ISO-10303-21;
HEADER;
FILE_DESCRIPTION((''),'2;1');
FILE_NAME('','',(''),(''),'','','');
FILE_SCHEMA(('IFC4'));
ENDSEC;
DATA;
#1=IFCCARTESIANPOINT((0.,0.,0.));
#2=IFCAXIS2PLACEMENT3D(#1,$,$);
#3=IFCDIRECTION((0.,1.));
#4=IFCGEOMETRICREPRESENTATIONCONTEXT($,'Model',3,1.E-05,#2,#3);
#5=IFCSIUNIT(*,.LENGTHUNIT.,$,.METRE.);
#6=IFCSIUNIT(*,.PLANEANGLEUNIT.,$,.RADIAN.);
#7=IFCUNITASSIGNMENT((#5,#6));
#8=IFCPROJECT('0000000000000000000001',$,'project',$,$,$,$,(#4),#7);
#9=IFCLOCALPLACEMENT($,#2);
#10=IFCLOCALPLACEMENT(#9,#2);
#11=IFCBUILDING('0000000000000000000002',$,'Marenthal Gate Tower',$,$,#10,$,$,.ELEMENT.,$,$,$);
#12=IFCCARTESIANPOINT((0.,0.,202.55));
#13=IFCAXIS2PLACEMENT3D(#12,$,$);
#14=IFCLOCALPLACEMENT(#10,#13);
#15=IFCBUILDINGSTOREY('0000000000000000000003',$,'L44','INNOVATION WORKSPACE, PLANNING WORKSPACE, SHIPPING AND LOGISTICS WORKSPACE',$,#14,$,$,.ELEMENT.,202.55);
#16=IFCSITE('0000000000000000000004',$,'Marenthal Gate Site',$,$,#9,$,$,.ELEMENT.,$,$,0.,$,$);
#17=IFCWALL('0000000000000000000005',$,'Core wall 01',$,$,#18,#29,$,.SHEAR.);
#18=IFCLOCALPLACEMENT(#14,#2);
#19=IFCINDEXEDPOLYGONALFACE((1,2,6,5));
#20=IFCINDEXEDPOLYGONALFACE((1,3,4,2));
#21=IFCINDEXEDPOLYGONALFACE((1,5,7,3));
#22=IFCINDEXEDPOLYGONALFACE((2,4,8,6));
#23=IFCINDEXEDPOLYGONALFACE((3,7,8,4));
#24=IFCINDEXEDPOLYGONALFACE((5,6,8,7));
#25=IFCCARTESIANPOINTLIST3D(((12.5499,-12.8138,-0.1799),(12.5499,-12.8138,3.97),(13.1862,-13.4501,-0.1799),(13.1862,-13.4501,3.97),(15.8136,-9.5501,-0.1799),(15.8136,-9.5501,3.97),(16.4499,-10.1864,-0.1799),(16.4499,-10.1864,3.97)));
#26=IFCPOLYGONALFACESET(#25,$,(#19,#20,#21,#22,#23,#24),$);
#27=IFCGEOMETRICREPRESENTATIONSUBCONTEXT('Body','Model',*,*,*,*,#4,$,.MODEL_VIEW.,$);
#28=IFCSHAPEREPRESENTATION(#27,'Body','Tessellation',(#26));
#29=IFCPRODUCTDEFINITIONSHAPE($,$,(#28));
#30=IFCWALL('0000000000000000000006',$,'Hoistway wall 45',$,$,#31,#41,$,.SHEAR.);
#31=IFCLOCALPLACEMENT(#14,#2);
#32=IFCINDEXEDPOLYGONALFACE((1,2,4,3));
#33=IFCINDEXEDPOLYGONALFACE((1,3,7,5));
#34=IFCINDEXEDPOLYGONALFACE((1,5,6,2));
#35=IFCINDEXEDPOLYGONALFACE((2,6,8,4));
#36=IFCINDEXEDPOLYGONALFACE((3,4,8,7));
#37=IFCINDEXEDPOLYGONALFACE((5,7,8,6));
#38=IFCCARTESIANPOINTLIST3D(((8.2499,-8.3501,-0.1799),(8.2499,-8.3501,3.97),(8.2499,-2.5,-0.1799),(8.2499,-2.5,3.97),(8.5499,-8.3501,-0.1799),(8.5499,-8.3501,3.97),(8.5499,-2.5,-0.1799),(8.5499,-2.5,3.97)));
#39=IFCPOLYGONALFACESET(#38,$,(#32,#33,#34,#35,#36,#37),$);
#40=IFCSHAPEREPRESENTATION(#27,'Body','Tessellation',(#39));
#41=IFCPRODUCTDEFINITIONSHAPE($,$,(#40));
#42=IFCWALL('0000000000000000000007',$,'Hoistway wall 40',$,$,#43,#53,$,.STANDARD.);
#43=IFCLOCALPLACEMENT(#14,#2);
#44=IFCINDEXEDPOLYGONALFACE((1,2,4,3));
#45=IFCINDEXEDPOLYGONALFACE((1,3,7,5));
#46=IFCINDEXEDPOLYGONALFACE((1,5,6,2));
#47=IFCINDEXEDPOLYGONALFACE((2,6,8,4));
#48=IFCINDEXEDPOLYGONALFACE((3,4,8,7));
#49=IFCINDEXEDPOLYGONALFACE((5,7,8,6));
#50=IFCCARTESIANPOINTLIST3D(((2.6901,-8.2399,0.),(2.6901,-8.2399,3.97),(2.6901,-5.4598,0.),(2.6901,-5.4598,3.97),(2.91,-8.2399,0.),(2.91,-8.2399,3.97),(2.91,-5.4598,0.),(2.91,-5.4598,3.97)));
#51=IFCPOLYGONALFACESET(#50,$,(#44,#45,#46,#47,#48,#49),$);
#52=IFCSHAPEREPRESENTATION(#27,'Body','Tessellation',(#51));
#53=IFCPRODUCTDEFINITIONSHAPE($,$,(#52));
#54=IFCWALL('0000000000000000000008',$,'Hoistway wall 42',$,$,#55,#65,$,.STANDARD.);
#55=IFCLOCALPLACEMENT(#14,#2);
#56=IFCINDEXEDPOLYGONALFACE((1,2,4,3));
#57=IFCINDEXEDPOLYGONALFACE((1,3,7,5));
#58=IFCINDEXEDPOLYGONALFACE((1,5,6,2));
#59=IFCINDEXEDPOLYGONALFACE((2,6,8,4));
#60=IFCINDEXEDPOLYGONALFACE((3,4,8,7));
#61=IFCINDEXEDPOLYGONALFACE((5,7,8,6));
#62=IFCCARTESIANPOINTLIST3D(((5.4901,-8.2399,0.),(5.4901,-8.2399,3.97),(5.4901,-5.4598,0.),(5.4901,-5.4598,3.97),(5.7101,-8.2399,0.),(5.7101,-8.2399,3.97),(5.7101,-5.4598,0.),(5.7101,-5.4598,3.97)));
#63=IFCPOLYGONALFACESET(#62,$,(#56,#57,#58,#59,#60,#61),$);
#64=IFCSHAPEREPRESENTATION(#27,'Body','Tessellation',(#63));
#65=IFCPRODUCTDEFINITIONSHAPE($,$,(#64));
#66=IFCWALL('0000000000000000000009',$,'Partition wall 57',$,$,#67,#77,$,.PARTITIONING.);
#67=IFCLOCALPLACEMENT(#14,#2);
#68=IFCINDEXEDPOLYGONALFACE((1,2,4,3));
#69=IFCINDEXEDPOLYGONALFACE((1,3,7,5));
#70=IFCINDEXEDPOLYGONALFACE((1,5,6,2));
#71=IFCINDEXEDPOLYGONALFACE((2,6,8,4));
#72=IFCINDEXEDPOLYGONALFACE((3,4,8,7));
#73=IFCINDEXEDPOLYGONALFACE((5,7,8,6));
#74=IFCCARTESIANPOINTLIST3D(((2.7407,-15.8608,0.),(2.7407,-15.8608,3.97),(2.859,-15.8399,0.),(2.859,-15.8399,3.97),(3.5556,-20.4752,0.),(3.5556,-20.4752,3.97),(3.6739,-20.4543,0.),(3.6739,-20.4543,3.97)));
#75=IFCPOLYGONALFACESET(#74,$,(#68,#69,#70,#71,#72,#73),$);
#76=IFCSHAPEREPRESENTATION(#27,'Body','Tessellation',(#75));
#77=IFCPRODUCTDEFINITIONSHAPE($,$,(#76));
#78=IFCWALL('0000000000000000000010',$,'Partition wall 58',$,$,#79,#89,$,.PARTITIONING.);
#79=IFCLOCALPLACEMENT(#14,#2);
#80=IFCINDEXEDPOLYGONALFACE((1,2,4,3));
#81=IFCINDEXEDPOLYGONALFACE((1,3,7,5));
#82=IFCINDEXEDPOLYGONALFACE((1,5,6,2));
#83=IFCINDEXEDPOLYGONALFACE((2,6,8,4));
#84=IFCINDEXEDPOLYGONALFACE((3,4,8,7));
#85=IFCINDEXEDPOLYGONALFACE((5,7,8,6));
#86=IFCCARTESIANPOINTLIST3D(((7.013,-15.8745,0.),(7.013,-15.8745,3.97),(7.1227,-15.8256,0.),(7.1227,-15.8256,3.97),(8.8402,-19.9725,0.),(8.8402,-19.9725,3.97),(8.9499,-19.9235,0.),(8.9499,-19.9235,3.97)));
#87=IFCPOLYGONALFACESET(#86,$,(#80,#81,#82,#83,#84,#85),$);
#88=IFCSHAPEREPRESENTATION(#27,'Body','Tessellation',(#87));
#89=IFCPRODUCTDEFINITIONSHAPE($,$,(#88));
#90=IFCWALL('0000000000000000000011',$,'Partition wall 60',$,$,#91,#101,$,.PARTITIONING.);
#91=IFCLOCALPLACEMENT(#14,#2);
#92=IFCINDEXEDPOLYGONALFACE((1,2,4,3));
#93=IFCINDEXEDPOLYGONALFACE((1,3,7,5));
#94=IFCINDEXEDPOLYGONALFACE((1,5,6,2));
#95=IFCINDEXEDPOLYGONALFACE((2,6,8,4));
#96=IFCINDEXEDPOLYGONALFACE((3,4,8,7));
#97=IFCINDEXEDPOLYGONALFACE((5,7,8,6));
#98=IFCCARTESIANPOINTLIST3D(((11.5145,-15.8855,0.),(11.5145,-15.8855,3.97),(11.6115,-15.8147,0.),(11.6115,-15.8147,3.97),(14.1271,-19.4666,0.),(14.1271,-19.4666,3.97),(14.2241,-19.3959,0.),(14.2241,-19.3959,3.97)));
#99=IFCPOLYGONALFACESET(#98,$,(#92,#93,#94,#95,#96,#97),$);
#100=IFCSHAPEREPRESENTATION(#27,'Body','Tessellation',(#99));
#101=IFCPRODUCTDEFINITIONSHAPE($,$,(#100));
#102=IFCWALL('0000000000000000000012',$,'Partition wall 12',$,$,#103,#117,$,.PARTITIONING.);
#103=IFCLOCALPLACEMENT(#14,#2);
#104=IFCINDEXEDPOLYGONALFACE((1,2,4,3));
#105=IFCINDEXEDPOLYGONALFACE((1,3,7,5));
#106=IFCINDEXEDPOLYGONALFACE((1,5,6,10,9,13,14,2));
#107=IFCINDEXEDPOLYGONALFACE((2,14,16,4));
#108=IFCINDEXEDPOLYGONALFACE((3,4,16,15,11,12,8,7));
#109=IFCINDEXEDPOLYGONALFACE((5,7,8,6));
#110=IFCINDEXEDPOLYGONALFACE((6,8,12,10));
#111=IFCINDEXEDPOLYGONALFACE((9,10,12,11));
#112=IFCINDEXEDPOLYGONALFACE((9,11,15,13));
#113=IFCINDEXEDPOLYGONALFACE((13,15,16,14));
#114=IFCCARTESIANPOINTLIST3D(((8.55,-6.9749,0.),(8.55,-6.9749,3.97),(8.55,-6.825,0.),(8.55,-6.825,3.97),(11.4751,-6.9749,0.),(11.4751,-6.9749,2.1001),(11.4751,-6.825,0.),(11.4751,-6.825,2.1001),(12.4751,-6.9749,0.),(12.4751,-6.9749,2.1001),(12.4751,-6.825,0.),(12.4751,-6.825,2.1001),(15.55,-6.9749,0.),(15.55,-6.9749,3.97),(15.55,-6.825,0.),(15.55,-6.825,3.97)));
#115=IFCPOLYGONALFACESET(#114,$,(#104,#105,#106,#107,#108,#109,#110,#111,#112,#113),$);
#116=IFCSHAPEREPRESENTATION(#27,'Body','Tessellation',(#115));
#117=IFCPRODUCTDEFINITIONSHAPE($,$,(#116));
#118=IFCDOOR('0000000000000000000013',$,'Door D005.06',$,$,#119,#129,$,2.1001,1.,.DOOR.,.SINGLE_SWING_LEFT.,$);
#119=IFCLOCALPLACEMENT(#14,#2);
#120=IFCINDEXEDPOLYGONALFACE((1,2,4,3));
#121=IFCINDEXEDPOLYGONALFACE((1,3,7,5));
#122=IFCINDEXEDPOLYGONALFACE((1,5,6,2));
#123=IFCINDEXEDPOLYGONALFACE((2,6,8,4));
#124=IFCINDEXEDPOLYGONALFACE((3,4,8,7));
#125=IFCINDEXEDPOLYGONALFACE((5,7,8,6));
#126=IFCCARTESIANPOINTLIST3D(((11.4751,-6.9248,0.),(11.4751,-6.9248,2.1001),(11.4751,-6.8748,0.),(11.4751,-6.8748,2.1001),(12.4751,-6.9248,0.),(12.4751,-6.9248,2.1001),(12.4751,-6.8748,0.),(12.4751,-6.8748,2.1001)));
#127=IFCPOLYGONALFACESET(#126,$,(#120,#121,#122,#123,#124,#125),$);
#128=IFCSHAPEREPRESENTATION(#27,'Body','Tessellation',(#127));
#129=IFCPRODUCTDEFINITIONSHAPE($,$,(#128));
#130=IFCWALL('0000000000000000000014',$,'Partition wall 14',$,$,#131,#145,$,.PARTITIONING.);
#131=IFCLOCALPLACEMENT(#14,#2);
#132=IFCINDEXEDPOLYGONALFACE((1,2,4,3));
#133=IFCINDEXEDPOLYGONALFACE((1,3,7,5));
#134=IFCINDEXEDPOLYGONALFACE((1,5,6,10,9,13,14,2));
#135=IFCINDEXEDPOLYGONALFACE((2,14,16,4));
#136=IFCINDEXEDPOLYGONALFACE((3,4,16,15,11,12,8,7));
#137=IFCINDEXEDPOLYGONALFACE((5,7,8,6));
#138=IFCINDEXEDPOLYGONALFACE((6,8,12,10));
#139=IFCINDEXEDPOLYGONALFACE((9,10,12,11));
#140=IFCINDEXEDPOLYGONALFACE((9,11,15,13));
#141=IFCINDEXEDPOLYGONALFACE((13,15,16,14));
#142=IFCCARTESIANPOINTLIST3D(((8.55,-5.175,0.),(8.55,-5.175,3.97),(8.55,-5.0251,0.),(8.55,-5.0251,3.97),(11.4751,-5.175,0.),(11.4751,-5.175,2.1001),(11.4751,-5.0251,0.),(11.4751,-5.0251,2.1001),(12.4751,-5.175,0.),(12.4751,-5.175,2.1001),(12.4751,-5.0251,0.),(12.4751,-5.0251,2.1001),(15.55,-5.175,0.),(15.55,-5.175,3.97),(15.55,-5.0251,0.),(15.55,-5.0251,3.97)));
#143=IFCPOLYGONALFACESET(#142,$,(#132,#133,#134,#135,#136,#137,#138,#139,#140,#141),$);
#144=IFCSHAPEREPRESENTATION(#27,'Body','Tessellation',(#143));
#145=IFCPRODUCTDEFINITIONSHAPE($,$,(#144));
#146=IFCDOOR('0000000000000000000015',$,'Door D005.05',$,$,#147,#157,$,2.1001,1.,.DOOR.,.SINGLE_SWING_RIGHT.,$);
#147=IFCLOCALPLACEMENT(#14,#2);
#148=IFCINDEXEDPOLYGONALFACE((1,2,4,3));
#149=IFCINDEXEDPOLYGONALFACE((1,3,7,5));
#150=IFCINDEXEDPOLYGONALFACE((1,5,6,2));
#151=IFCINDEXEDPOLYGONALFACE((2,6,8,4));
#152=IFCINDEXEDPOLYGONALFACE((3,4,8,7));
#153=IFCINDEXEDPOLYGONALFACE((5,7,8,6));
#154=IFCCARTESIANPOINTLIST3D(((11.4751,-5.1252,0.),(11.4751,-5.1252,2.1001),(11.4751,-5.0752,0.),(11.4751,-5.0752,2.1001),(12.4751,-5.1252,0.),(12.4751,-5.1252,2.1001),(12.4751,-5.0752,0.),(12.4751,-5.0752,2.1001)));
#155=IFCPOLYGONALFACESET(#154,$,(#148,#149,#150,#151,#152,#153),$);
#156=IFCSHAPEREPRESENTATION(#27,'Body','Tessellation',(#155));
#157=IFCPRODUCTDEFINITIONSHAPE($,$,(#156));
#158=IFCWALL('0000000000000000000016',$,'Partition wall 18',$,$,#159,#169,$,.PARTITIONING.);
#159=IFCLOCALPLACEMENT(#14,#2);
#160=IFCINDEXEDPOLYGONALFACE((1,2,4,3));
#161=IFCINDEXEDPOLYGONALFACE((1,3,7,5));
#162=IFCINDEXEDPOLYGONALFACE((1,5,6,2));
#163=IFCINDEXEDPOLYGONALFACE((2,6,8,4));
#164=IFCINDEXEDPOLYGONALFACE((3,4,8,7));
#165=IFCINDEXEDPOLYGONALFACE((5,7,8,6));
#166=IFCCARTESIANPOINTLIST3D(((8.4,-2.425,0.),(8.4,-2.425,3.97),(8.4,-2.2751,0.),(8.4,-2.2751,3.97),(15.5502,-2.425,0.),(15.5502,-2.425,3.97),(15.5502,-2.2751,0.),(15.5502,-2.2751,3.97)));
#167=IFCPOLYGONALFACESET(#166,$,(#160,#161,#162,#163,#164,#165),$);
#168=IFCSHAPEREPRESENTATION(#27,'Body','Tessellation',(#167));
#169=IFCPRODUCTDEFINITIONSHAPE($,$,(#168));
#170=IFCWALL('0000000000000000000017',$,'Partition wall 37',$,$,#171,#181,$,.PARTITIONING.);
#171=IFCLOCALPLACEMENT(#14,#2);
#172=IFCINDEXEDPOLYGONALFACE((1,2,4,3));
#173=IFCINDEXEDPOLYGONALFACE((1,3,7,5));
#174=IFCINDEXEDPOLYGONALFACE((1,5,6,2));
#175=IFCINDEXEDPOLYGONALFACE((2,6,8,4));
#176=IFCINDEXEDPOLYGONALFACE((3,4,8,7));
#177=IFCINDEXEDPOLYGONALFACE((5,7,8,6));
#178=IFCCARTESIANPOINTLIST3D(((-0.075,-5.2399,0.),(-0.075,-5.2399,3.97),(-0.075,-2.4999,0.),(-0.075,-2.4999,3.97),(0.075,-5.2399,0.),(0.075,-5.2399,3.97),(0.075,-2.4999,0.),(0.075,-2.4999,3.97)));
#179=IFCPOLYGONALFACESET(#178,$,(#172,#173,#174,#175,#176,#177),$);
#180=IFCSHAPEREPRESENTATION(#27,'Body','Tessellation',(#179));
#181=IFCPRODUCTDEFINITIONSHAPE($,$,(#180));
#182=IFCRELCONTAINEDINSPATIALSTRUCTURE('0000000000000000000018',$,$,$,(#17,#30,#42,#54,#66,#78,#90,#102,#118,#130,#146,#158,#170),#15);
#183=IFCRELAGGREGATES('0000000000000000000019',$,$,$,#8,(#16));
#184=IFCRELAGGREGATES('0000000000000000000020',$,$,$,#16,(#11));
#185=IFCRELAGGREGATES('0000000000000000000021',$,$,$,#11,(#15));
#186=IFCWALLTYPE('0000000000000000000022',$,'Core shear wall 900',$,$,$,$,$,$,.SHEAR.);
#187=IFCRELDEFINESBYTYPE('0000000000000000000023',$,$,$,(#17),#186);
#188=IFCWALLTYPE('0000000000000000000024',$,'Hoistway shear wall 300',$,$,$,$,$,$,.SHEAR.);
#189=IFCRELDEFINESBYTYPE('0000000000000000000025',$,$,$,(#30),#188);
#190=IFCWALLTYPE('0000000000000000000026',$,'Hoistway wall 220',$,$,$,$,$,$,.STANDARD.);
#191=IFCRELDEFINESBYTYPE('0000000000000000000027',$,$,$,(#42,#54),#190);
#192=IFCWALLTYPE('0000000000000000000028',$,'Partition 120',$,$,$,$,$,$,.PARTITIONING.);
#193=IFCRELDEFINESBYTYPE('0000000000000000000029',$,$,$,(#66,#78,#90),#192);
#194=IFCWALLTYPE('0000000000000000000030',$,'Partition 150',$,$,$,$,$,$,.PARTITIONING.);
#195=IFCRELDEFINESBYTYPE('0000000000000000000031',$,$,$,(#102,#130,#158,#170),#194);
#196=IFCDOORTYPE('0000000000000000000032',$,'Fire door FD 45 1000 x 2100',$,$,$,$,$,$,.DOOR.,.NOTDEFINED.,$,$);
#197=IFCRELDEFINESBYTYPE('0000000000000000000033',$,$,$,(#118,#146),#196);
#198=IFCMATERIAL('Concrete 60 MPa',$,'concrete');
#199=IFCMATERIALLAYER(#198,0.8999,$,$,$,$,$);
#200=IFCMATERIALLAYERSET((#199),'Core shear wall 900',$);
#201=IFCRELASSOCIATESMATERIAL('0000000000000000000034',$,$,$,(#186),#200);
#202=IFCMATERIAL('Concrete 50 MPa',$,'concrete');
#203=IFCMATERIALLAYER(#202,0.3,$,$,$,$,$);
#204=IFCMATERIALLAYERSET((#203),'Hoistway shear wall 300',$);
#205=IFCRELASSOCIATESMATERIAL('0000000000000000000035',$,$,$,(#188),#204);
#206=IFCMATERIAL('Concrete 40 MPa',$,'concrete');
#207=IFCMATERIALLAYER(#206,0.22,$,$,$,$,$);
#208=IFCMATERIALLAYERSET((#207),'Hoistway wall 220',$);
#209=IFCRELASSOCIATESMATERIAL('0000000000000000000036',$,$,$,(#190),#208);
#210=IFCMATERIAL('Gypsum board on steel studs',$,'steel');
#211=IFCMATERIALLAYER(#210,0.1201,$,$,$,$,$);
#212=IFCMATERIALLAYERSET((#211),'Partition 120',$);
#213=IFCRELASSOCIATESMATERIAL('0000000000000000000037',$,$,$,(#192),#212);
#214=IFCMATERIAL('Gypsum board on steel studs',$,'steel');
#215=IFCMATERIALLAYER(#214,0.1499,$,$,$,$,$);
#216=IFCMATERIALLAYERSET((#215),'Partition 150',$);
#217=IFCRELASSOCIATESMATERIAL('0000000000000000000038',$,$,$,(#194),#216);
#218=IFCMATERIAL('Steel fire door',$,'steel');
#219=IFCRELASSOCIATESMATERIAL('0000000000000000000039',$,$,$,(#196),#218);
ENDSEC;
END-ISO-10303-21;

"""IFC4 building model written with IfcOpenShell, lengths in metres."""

from ifc_helpers import new_model, si_unit, direction, frame, frame_2d, origin, place, context, subcontext, project, spatial, rectangle, extrude, material, layer, layer_set, type_object, element, fill, save


model = new_model("IFC4")

# Units and contexts
model_context = context("Model", 3, precision=1e-05, world=origin(), true_north=direction((0.0, 1.0)))
body_context = subcontext(model_context, "Body", "Model", "MODEL_VIEW")
ifc_project = project(units=[si_unit("LENGTHUNIT", "METRE"), si_unit("PLANEANGLEUNIT", "RADIAN")], contexts=[model_context])

# Site, building, storey
site_placement = place(None, origin())
site = spatial("IfcSite", under=ifc_project, at=site_placement, Name="Marenthal Gate Site", CompositionType="ELEMENT", RefElevation=0.0)
building_placement = place(site_placement, origin())
building = spatial("IfcBuilding", under=site, at=building_placement, Name="Marenthal Gate Tower", CompositionType="ELEMENT")
storey_placement = place(building_placement, frame((0.0, 0.0, 202.55)))
storey = spatial("IfcBuildingStorey", under=building, at=storey_placement, Name="L44", Description="INNOVATION WORKSPACE, PLANNING WORKSPACE, SHIPPING AND LOGISTICS WORKSPACE", CompositionType="ELEMENT", Elevation=202.55)

# Walls
ifc_material_1 = material(Name="Concrete 60 MPa", Category="concrete")
ifc_layer_1 = layer(ifc_material_1, 0.8999)
ifc_layer_set_1 = layer_set([ifc_layer_1], Name="Core shear wall 900")
wall_type_1 = type_object("IfcWallType", Name="Core shear wall 900", PredefinedType="SHEAR", material=ifc_layer_set_1)
wall_1_placement = place(storey_placement, frame((12.8682, -13.1318, -0.1799), z_axis=(0.0, 0.0, 1.0), x_axis=(0.707107, 0.707107, 0.0)))
element("IfcWall", 1, at=wall_1_placement, inside=storey, type_object=wall_type_1, Name="Core wall 01", PredefinedType="SHEAR", context=body_context, shape_type="SweptSolid", body=[
    extrude(rectangle(XDim=4.6155, YDim=0.8999, at=frame_2d((2.3076, 0.0))), origin(), (0.0, 0.0, 1.0), 4.1499),
])
ifc_material_2 = material(Name="Concrete 50 MPa", Category="concrete")
ifc_layer_2 = layer(ifc_material_2, 0.3)
ifc_layer_set_2 = layer_set([ifc_layer_2], Name="Hoistway shear wall 300")
wall_type_2 = type_object("IfcWallType", Name="Hoistway shear wall 300", PredefinedType="SHEAR", material=ifc_layer_set_2)
wall_2_placement = place(storey_placement, frame((8.3999, -8.3501, -0.1799), z_axis=(0.0, 0.0, 1.0), x_axis=(0.0, 1.0, 0.0)))
element("IfcWall", 2, at=wall_2_placement, inside=storey, type_object=wall_type_2, Name="Hoistway wall 45", PredefinedType="SHEAR", context=body_context, shape_type="SweptSolid", body=[
    extrude(rectangle(XDim=5.8501, YDim=0.3, at=frame_2d((2.925, 0.0))), origin(), (0.0, 0.0, 1.0), 4.1499),
])
ifc_material_3 = material(Name="Concrete 40 MPa", Category="concrete")
ifc_layer_3 = layer(ifc_material_3, 0.22)
ifc_layer_set_3 = layer_set([ifc_layer_3], Name="Hoistway wall 220")
wall_type_3 = type_object("IfcWallType", Name="Hoistway wall 220", PredefinedType="STANDARD", material=ifc_layer_set_3)
for number, where, z_axis, x_axis, name in (
    (3, (2.8, -8.24, 0.0), (0.0, 0.0, 1.0), (0.0, 1.0, 0.0), "Hoistway wall 40"),
    (4, (5.6001, -8.24, 0.0), (0.0, 0.0, 1.0), (0.0, 1.0, 0.0), "Hoistway wall 42"),
):
    element("IfcWall", number, at=place(storey_placement, frame(where, z_axis=z_axis, x_axis=x_axis)), inside=storey, type_object=wall_type_3, Name=name, PredefinedType="STANDARD", context=body_context, shape_type="SweptSolid", body=[
        extrude(rectangle(XDim=2.78, YDim=0.22, at=frame_2d((1.3901, 0.0))), origin(), (0.0, 0.0, 1.0), 3.97),
    ])
ifc_material_4 = material(Name="Gypsum board on steel studs", Category="steel")
ifc_layer_4 = layer(ifc_material_4, 0.1201)
ifc_layer_set_4 = layer_set([ifc_layer_4], Name="Partition 120")
wall_type_4 = type_object("IfcWallType", Name="Partition 120", PredefinedType="PARTITIONING", material=ifc_layer_set_4)
wall_3_placement = place(storey_placement, frame((3.6147, -20.4646, 0.0), z_axis=(0.0, 0.0, 1.0), x_axis=(-0.173913, 0.984761, 0.0)))
element("IfcWall", 5, at=wall_3_placement, inside=storey, type_object=wall_type_4, Name="Partition wall 57", PredefinedType="PARTITIONING", context=body_context, shape_type="SweptSolid", body=[
    extrude(rectangle(XDim=4.6858, YDim=0.1201, at=frame_2d((2.3428, 0.0))), origin(), (0.0, 0.0, 1.0), 3.97),
])
wall_4_placement = place(storey_placement, frame((8.895, -19.948, 0.0), z_axis=(0.0, 0.0, 1.0), x_axis=(-0.407229, 0.913326, 0.0)))
element("IfcWall", 6, at=wall_4_placement, inside=storey, type_object=wall_type_4, Name="Partition wall 58", PredefinedType="PARTITIONING", context=body_context, shape_type="SweptSolid", body=[
    extrude(rectangle(XDim=4.4868, YDim=0.1201, at=frame_2d((2.2434, 0.0))), origin(), (0.0, 0.0, 1.0), 3.97),
])
wall_5_placement = place(storey_placement, frame((14.1755, -19.4312, 0.0), z_axis=(0.0, 0.0, 1.0), x_axis=(-0.589373, 0.807861, 0.0)))
element("IfcWall", 7, at=wall_5_placement, inside=storey, type_object=wall_type_4, Name="Partition wall 60", PredefinedType="PARTITIONING", context=body_context, shape_type="SweptSolid", body=[
    extrude(rectangle(XDim=4.4329, YDim=0.1201, at=frame_2d((2.2163, 0.0))), origin(), (0.0, 0.0, 1.0), 3.97),
])

# Walls, openings, doors
ifc_material_5 = material(Name="Gypsum board on steel studs", Category="steel")
ifc_layer_5 = layer(ifc_material_5, 0.1499)
ifc_layer_set_5 = layer_set([ifc_layer_5], Name="Partition 150")
wall_type_5 = type_object("IfcWallType", Name="Partition 150", PredefinedType="PARTITIONING", material=ifc_layer_set_5)
wall_6_placement = place(storey_placement, frame((8.55, -6.8999, 0.0), z_axis=(0.0, 0.0, 1.0), x_axis=(1.0, 0.0, 0.0)))
wall_6 = element("IfcWall", 8, at=wall_6_placement, inside=storey, type_object=wall_type_5, Name="Partition wall 12", PredefinedType="PARTITIONING", context=body_context, shape_type="SweptSolid", body=[
    extrude(rectangle(XDim=7.0, YDim=0.1499, at=frame_2d((3.5, 0.0))), origin(), (0.0, 0.0, 1.0), 3.97),
])
opening_1_placement = place(wall_6_placement, frame((2.925, 0.0, 0.0)))
opening_1 = element("IfcOpeningElement", 9, at=opening_1_placement, cuts=wall_6, PredefinedType="OPENING", context=body_context, shape_type="SweptSolid", body=[
    extrude(rectangle(XDim=1.0, YDim=2.1001, at=frame_2d((0.5, 1.05))), frame((0.0, 0.085, 0.0), z_axis=(0.0, -1.0, 0.0), x_axis=(1.0, 0.0, 0.0)), (0.0, 0.0, 1.0), 0.1699),
])
ifc_material_6 = material(Name="Steel fire door", Category="steel")
door_type = type_object("IfcDoorType", Name="Fire door FD 45 1000 x 2100", OperationType="NOTDEFINED", PredefinedType="DOOR", material=ifc_material_6)
door_1_placement = place(opening_1_placement, frame((1.0, 0.0, 0.0), z_axis=(0.0, 0.0, 1.0), x_axis=(-1.0, 0.0, 0.0)))
door_1 = element("IfcDoor", 10, at=door_1_placement, inside=storey, type_object=door_type, Name="Door D005.06", OperationType="SINGLE_SWING_LEFT", OverallHeight=2.1001, OverallWidth=1.0, PredefinedType="DOOR", context=body_context, shape_type="SweptSolid", body=[
    extrude(rectangle(XDim=1.0, YDim=2.1001, at=frame_2d((0.5, 1.05))), frame((0.0, 0.0249, 0.0), z_axis=(0.0, -1.0, 0.0), x_axis=(1.0, 0.0, 0.0)), (0.0, 0.0, 1.0), 0.05),
])
fill(opening_1, door_1)
wall_7_placement = place(storey_placement, frame((8.55, -5.1001, 0.0), z_axis=(0.0, 0.0, 1.0), x_axis=(1.0, 0.0, 0.0)))
wall_7 = element("IfcWall", 11, at=wall_7_placement, inside=storey, type_object=wall_type_5, Name="Partition wall 14", PredefinedType="PARTITIONING", context=body_context, shape_type="SweptSolid", body=[
    extrude(rectangle(XDim=7.0, YDim=0.1499, at=frame_2d((3.5, 0.0))), origin(), (0.0, 0.0, 1.0), 3.97),
])
opening_2_placement = place(wall_7_placement, frame((2.925, 0.0, 0.0)))
opening_2 = element("IfcOpeningElement", 12, at=opening_2_placement, cuts=wall_7, PredefinedType="OPENING", context=body_context, shape_type="SweptSolid", body=[
    extrude(rectangle(XDim=1.0, YDim=2.1001, at=frame_2d((0.5, 1.05))), frame((0.0, 0.085, 0.0), z_axis=(0.0, -1.0, 0.0), x_axis=(1.0, 0.0, 0.0)), (0.0, 0.0, 1.0), 0.1699),
])
door_2_placement = place(opening_2_placement, origin())
door_2 = element("IfcDoor", 13, at=door_2_placement, inside=storey, type_object=door_type, Name="Door D005.05", OperationType="SINGLE_SWING_RIGHT", OverallHeight=2.1001, OverallWidth=1.0, PredefinedType="DOOR", context=body_context, shape_type="SweptSolid", body=[
    extrude(rectangle(XDim=1.0, YDim=2.1001, at=frame_2d((0.5, 1.05))), frame((0.0, 0.0249, 0.0), z_axis=(0.0, -1.0, 0.0), x_axis=(1.0, 0.0, 0.0)), (0.0, 0.0, 1.0), 0.05),
])
fill(opening_2, door_2)

# Walls
wall_8_placement = place(storey_placement, frame((8.3999, -2.3501, 0.0), z_axis=(0.0, 0.0, 1.0), x_axis=(1.0, 0.0, 0.0)))
element("IfcWall", 14, at=wall_8_placement, inside=storey, type_object=wall_type_5, Name="Partition wall 18", PredefinedType="PARTITIONING", context=body_context, shape_type="SweptSolid", body=[
    extrude(rectangle(XDim=7.1501, YDim=0.1499, at=frame_2d((3.5752, 0.0))), origin(), (0.0, 0.0, 1.0), 3.97),
])
wall_9_placement = place(storey_placement, frame((0.0, -5.24, 0.0), z_axis=(0.0, 0.0, 1.0), x_axis=(0.0, 1.0, 0.0)))
element("IfcWall", 15, at=wall_9_placement, inside=storey, type_object=wall_type_5, Name="Partition wall 37", PredefinedType="PARTITIONING", context=body_context, shape_type="SweptSolid", body=[
    extrude(rectangle(XDim=2.74, YDim=0.1499, at=frame_2d((1.3701, 0.0))), origin(), (0.0, 0.0, 1.0), 3.97),
])

save(model, "model.ifc")
